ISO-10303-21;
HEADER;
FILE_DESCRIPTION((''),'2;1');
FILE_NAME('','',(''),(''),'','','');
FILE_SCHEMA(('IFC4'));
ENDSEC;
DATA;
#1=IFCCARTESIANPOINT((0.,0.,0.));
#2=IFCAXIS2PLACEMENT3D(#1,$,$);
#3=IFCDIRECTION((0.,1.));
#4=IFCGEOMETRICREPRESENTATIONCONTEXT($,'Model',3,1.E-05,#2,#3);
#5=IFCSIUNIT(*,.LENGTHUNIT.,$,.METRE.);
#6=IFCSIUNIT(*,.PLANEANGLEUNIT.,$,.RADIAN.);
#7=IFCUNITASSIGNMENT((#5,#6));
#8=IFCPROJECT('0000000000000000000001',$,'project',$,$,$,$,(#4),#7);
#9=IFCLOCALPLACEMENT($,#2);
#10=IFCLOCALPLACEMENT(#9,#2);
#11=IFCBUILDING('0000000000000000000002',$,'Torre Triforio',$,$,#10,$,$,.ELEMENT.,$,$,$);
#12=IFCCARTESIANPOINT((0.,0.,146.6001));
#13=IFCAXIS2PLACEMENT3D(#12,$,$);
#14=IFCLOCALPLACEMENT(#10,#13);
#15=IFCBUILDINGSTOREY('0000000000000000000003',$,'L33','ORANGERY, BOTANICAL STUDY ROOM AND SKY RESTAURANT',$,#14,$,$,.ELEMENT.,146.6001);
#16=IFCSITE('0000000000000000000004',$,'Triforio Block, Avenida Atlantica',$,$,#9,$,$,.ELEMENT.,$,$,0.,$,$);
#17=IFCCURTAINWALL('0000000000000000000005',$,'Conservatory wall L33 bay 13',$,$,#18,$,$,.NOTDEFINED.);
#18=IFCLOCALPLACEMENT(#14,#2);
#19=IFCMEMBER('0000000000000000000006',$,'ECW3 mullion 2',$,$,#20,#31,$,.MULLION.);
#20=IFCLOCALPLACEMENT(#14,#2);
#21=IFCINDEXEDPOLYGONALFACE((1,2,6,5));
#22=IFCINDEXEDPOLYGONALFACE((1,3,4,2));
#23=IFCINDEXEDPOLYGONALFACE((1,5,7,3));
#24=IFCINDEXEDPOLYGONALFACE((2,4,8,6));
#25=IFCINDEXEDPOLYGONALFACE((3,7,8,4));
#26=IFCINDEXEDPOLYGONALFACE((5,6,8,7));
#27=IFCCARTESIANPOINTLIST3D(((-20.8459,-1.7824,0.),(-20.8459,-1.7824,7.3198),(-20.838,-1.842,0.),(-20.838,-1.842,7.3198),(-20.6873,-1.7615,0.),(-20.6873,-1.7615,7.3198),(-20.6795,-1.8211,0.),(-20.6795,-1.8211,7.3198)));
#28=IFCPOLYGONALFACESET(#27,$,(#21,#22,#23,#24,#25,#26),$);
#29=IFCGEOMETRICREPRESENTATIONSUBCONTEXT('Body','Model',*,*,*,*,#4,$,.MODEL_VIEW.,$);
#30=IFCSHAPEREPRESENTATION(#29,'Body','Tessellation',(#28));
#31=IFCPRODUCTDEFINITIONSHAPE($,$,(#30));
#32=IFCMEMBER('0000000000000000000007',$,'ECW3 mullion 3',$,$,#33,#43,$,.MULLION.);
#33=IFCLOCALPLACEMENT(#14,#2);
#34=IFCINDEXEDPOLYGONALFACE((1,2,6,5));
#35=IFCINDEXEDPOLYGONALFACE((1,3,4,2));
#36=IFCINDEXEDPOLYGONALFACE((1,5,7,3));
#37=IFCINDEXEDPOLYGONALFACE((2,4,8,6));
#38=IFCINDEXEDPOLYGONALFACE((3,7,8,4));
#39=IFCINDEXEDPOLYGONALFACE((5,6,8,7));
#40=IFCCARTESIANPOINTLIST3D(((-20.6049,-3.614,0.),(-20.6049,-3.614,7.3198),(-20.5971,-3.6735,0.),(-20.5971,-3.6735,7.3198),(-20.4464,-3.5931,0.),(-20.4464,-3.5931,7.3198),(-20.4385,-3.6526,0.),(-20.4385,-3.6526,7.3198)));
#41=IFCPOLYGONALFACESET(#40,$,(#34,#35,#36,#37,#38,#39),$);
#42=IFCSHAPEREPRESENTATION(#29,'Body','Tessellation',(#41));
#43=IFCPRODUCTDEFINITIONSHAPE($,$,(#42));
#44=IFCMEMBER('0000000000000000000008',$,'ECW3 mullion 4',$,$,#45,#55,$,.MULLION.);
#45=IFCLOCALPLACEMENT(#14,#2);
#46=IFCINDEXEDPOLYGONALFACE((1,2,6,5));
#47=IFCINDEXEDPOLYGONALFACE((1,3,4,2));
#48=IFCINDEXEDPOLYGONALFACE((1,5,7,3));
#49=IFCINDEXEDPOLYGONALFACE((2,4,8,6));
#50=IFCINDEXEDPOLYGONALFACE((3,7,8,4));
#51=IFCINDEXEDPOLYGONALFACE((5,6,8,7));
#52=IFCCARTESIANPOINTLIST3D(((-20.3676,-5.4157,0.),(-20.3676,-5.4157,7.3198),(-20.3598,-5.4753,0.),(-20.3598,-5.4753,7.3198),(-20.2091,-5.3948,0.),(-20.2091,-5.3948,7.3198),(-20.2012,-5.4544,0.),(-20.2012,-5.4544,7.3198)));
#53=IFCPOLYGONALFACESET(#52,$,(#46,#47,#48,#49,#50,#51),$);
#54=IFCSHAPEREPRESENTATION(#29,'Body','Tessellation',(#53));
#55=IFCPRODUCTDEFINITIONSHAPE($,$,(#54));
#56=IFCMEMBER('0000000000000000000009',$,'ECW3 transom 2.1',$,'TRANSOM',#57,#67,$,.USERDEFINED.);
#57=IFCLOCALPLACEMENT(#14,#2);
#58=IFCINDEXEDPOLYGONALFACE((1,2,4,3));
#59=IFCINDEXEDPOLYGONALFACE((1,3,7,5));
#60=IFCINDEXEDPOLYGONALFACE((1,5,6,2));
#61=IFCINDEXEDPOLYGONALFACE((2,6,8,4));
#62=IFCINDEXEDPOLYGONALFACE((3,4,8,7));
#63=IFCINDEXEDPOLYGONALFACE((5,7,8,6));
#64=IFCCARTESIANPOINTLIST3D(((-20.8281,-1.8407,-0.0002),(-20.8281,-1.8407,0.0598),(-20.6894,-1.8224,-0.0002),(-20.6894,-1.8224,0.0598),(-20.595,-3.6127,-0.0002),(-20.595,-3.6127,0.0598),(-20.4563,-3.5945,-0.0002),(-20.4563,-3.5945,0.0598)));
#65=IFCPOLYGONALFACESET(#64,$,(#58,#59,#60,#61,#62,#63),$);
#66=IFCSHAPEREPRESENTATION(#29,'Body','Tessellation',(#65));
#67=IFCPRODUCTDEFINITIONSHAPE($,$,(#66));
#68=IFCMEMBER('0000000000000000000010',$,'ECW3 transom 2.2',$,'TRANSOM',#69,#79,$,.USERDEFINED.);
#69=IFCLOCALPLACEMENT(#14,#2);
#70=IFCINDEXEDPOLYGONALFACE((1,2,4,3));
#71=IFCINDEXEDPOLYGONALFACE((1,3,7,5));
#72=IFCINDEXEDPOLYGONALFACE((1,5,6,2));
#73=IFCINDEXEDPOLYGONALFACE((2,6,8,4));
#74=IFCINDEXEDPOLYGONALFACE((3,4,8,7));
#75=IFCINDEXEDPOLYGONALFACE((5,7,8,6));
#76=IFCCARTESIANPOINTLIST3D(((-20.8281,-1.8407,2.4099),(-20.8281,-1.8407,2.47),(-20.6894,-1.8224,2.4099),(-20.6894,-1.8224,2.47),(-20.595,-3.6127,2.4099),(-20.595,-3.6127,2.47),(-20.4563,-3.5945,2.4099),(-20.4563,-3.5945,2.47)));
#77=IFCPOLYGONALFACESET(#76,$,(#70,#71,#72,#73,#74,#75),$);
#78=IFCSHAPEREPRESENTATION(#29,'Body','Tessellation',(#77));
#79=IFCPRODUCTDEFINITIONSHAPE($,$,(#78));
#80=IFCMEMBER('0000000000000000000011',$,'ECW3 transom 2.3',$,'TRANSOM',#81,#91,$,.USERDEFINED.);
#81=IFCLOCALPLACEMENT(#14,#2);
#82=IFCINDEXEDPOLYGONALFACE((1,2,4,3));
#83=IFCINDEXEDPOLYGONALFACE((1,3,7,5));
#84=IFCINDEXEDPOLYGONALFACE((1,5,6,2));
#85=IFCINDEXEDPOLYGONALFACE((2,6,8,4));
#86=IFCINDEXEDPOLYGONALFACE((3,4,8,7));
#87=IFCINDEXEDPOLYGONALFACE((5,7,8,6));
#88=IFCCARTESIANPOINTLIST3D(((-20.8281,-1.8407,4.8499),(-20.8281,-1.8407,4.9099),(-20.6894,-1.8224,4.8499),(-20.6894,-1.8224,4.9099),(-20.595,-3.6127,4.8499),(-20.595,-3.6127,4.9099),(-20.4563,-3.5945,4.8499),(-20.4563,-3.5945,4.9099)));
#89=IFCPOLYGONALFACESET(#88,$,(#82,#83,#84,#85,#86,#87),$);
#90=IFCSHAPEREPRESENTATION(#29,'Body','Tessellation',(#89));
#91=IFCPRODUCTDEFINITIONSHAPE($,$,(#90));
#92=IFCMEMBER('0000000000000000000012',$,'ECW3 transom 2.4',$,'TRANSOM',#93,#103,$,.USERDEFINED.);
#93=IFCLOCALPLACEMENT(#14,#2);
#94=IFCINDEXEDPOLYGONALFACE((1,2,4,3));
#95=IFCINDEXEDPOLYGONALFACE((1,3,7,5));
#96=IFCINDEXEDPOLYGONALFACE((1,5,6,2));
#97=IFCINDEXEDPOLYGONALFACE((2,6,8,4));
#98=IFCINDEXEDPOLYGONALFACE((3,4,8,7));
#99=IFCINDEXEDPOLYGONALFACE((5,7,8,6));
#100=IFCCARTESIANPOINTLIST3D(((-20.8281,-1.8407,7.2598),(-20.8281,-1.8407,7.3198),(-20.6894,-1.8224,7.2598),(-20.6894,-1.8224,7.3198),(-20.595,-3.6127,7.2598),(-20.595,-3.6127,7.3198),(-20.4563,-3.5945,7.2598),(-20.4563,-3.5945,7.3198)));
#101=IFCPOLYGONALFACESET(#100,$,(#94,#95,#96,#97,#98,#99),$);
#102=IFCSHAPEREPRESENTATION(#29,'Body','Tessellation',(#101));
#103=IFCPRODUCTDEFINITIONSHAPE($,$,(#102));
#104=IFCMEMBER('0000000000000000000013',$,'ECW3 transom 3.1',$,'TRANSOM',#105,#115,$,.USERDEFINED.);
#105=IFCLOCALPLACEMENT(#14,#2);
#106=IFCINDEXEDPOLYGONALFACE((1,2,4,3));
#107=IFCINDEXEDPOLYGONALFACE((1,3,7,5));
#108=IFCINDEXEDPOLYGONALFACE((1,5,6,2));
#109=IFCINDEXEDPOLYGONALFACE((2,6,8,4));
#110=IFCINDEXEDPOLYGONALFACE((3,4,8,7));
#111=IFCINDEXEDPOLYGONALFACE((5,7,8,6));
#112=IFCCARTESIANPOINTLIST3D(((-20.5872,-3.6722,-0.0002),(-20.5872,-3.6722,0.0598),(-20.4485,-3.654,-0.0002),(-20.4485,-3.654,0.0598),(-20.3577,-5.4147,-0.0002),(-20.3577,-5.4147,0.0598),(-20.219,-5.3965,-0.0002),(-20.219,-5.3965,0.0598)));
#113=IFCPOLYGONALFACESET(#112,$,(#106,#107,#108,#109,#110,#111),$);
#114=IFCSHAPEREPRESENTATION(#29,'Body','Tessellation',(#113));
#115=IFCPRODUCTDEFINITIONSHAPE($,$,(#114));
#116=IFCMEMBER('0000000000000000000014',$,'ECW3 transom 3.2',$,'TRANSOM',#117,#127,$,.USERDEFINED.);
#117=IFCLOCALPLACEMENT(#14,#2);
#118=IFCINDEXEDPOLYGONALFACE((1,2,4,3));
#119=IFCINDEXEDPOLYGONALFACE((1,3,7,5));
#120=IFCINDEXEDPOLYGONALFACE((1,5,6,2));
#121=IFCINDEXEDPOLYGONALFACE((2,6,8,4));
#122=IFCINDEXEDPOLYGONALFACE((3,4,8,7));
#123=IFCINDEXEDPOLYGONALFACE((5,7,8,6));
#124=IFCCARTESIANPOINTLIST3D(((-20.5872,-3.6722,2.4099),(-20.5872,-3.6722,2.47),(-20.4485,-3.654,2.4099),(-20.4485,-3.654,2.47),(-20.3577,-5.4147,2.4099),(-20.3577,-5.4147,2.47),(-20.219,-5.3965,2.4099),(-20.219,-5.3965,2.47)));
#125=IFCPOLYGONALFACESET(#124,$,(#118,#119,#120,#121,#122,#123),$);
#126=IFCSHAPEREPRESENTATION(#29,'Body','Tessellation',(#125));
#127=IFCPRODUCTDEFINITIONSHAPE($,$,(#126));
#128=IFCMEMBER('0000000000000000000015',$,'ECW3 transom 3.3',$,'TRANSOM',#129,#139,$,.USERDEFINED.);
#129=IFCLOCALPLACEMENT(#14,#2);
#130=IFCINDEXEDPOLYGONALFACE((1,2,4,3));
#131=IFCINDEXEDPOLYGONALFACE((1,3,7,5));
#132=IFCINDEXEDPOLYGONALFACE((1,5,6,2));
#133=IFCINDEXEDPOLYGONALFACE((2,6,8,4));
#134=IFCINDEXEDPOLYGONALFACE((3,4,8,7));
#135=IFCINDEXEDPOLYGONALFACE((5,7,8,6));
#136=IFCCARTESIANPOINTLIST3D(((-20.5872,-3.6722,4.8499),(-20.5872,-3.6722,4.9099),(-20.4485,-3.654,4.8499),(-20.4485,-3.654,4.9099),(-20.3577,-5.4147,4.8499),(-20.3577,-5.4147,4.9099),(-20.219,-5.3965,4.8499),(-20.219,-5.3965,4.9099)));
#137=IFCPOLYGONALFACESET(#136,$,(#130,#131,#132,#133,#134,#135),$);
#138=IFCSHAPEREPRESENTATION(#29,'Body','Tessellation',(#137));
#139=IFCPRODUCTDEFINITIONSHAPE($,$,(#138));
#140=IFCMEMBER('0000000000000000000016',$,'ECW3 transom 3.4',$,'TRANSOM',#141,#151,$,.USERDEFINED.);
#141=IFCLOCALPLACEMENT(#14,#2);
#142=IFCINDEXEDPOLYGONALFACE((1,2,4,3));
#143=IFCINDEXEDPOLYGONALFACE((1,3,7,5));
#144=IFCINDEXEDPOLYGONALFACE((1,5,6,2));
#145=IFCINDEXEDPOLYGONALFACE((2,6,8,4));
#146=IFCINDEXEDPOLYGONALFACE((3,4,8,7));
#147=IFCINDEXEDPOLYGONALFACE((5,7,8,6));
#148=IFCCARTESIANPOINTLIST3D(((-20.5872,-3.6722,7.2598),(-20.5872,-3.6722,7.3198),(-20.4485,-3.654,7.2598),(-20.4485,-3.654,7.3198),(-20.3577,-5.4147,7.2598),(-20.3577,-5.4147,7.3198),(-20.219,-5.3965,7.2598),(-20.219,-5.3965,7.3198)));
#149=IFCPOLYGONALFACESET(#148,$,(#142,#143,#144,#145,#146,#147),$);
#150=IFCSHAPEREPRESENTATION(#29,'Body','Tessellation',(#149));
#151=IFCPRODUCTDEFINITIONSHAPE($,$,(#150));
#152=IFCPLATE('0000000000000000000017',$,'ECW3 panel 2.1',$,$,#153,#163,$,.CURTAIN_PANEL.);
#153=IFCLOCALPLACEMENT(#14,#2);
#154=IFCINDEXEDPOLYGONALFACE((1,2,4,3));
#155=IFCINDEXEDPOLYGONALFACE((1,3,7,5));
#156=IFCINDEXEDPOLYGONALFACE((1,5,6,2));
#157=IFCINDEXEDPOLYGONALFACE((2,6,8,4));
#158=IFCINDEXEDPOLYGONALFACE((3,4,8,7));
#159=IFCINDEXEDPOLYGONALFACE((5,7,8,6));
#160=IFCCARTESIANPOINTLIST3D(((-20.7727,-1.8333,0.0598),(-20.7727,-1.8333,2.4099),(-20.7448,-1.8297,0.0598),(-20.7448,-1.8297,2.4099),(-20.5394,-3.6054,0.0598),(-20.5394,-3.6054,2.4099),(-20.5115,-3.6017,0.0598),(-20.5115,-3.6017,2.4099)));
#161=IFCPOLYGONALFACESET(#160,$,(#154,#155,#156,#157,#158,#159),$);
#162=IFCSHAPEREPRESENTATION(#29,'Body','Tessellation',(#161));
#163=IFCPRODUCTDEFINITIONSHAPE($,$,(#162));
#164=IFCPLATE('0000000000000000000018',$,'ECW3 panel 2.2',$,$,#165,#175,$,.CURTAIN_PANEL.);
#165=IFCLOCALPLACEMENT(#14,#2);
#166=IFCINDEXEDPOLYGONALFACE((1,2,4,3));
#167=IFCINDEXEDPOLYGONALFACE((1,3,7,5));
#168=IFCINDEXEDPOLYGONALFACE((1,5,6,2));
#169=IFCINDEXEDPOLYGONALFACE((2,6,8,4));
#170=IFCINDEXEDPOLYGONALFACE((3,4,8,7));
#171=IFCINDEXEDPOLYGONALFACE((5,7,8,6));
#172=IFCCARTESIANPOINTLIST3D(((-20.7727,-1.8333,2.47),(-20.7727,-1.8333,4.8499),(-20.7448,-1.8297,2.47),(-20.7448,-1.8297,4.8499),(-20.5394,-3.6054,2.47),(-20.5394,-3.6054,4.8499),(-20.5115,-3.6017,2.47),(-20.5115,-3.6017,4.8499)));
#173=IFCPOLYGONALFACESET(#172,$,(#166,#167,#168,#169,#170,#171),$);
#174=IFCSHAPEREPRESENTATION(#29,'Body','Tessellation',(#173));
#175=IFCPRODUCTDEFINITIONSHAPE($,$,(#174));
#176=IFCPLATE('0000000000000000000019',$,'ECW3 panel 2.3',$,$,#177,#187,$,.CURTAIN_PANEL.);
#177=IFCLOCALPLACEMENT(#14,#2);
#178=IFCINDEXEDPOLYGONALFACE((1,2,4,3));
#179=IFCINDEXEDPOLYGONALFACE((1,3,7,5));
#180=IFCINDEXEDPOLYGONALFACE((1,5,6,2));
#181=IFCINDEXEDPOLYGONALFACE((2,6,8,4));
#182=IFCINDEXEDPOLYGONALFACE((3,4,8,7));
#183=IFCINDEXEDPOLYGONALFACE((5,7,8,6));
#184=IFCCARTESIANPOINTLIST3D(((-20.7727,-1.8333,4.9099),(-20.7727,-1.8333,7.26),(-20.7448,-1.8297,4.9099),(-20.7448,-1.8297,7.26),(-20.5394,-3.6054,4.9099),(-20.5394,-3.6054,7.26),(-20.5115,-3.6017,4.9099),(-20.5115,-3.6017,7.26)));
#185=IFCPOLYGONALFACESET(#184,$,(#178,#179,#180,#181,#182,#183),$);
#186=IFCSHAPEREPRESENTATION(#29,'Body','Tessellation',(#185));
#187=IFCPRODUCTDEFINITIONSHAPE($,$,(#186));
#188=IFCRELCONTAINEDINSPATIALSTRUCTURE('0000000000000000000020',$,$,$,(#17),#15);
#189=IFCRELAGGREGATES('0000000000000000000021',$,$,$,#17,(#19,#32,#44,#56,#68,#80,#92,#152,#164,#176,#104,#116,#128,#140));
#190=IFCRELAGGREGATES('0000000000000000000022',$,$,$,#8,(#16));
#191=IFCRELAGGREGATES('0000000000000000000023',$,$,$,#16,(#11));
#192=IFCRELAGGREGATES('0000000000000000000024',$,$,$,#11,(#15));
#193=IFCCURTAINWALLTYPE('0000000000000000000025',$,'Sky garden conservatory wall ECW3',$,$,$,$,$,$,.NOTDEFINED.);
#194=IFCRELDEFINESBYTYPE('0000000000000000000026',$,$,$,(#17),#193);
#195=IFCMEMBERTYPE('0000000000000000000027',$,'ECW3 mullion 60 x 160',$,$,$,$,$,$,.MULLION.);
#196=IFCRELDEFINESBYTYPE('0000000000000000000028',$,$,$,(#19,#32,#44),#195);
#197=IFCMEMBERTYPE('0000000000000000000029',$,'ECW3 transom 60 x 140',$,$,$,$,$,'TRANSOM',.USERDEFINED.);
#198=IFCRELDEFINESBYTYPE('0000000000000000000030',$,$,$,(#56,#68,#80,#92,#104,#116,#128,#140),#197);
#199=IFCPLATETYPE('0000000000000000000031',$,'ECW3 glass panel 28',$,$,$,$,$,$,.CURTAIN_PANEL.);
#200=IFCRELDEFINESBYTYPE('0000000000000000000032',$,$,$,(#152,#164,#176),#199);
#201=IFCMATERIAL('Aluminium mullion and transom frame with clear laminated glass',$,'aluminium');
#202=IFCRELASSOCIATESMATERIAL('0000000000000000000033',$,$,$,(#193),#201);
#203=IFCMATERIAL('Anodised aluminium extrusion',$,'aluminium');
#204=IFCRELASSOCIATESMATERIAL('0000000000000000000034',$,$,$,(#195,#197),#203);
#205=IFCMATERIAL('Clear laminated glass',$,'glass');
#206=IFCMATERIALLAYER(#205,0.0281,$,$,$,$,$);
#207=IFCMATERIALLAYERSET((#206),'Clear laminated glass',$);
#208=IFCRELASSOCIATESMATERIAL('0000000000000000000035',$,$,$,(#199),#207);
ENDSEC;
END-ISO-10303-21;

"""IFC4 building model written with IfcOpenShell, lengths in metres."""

from ifc_helpers import new_model, si_unit, direction, frame, origin, origin_2d, place, context, subcontext, project, spatial, rectangle, extrude, material, layer, layer_set, material_profile, profile_set, type_object, element, aggregate, save


model = new_model("IFC4")

# Units and contexts
model_context = context("Model", 3, precision=1e-05, world=origin(), true_north=direction((0.0, 1.0)))
body_context = subcontext(model_context, "Body", "Model", "MODEL_VIEW")
ifc_project = project(units=[si_unit("LENGTHUNIT", "METRE"), si_unit("PLANEANGLEUNIT", "RADIAN")], contexts=[model_context])

# Site, building, storey
site_placement = place(None, origin())
site = spatial("IfcSite", under=ifc_project, at=site_placement, Name="Triforio Block, Avenida Atlantica", CompositionType="ELEMENT", RefElevation=0.0)
building_placement = place(site_placement, origin())
building = spatial("IfcBuilding", under=site, at=building_placement, Name="Torre Triforio", CompositionType="ELEMENT")
storey_placement = place(building_placement, frame((0.0, 0.0, 146.6001)))
storey = spatial("IfcBuildingStorey", under=building, at=storey_placement, Name="L33", Description="ORANGERY, BOTANICAL STUDY ROOM AND SKY RESTAURANT", CompositionType="ELEMENT", Elevation=146.6001)

# Curtain wall, members, plates
ifc_material_1 = material(Name="Aluminium mullion and transom frame with clear laminated glass", Category="aluminium")
curtain_wall_type = type_object("IfcCurtainWallType", Name="Sky garden conservatory wall ECW3", PredefinedType="NOTDEFINED", material=ifc_material_1)
curtain_wall_placement = place(storey_placement, origin())
curtain_wall = element("IfcCurtainWall", 1, at=curtain_wall_placement, inside=storey, type_object=curtain_wall_type, Name="Conservatory wall L33 bay 13", PredefinedType="NOTDEFINED")
ifc_material_2 = material(Name="Anodised aluminium extrusion", Category="aluminium")
ifc_material_profile_1 = material_profile(ifc_material_2, rectangle(XDim=0.1599, YDim=0.0601, at=origin_2d()), Name="ECW3 MULLION 60x160")
ifc_profile_set_1 = profile_set([ifc_material_profile_1], Name="Anodised aluminium extrusion")
member_type_1 = type_object("IfcMemberType", Name="ECW3 mullion 60 x 160", PredefinedType="MULLION", material=ifc_profile_set_1)
member_1_placement = place(storey_placement, frame((-20.7627, -1.8018, 0.0), z_axis=(0.0, 0.0, 1.0), x_axis=(0.991444, 0.13053, 0.0)))
member_1 = element("IfcMember", 2, at=member_1_placement, type_object=member_type_1, Name="ECW3 mullion 2", PredefinedType="MULLION", context=body_context, shape_type="SweptSolid", body=[
    extrude(rectangle(XDim=0.1599, YDim=0.0601, at=origin_2d()), origin(), (0.0, 0.0, 1.0), 7.3198),
])
member_2_placement = place(storey_placement, frame((-20.5217, -3.6333, 0.0), z_axis=(0.0, 0.0, 1.0), x_axis=(0.991444, 0.13053, 0.0)))
member_2 = element("IfcMember", 3, at=member_2_placement, type_object=member_type_1, Name="ECW3 mullion 3", PredefinedType="MULLION", context=body_context, shape_type="SweptSolid", body=[
    extrude(rectangle(XDim=0.1599, YDim=0.0601, at=origin_2d()), origin(), (0.0, 0.0, 1.0), 7.3198),
])
member_3_placement = place(storey_placement, frame((-20.2844, -5.4351, 0.0), z_axis=(0.0, 0.0, 1.0), x_axis=(0.991444, 0.13053, 0.0)))
member_3 = element("IfcMember", 4, at=member_3_placement, type_object=member_type_1, Name="ECW3 mullion 4", PredefinedType="MULLION", context=body_context, shape_type="SweptSolid", body=[
    extrude(rectangle(XDim=0.1599, YDim=0.0601, at=origin_2d()), origin(), (0.0, 0.0, 1.0), 7.3198),
])
ifc_material_profile_2 = material_profile(ifc_material_2, rectangle(XDim=0.1399, YDim=0.0601, at=origin_2d()), Name="ECW3 TRANSOM 60x140")
ifc_profile_set_2 = profile_set([ifc_material_profile_2], Name="Anodised aluminium extrusion")
member_type_2 = type_object("IfcMemberType", Name="ECW3 transom 60 x 140", ElementType="TRANSOM", PredefinedType="USERDEFINED", material=ifc_profile_set_2)
member_4_placement = place(storey_placement, frame((-20.7588, -1.8315, 0.0298), z_axis=(0.130455, -0.991454, 0.0), x_axis=(0.991454, 0.130455, 0.0)))
member_4 = element("IfcMember", 5, at=member_4_placement, type_object=member_type_2, Name="ECW3 transom 2.1", ObjectType="TRANSOM", PredefinedType="USERDEFINED", context=body_context, shape_type="SweptSolid", body=[
    extrude(rectangle(XDim=0.1399, YDim=0.0601, at=origin_2d()), origin(), (0.0, 0.0, 1.0), 1.7874),
])
member_5_placement = place(storey_placement, frame((-20.7588, -1.8315, 2.4399), z_axis=(0.130455, -0.991454, 0.0), x_axis=(0.991454, 0.130455, 0.0)))
member_5 = element("IfcMember", 6, at=member_5_placement, type_object=member_type_2, Name="ECW3 transom 2.2", ObjectType="TRANSOM", PredefinedType="USERDEFINED", context=body_context, shape_type="SweptSolid", body=[
    extrude(rectangle(XDim=0.1399, YDim=0.0601, at=origin_2d()), origin(), (0.0, 0.0, 1.0), 1.7874),
])
member_6_placement = place(storey_placement, frame((-20.7588, -1.8315, 4.8799), z_axis=(0.130455, -0.991454, 0.0), x_axis=(0.991454, 0.130455, 0.0)))
member_6 = element("IfcMember", 7, at=member_6_placement, type_object=member_type_2, Name="ECW3 transom 2.3", ObjectType="TRANSOM", PredefinedType="USERDEFINED", context=body_context, shape_type="SweptSolid", body=[
    extrude(rectangle(XDim=0.1399, YDim=0.0601, at=origin_2d()), origin(), (0.0, 0.0, 1.0), 1.7874),
])
member_7_placement = place(storey_placement, frame((-20.7588, -1.8315, 7.2898), z_axis=(0.130455, -0.991454, 0.0), x_axis=(0.991454, 0.130455, 0.0)))
member_7 = element("IfcMember", 8, at=member_7_placement, type_object=member_type_2, Name="ECW3 transom 2.4", ObjectType="TRANSOM", PredefinedType="USERDEFINED", context=body_context, shape_type="SweptSolid", body=[
    extrude(rectangle(XDim=0.1399, YDim=0.0601, at=origin_2d()), origin(), (0.0, 0.0, 1.0), 1.7874),
])
member_8_placement = place(storey_placement, frame((-20.5178, -3.6631, 0.0298), z_axis=(0.13058, -0.991438, 0.0), x_axis=(0.991438, 0.13058, 0.0)))
member_8 = element("IfcMember", 9, at=member_8_placement, type_object=member_type_2, Name="ECW3 transom 3.1", ObjectType="TRANSOM", PredefinedType="USERDEFINED", context=body_context, shape_type="SweptSolid", body=[
    extrude(rectangle(XDim=0.1399, YDim=0.0601, at=origin_2d()), origin(), (0.0, 0.0, 1.0), 1.7576),
])
member_9_placement = place(storey_placement, frame((-20.5178, -3.6631, 2.4399), z_axis=(0.13058, -0.991438, 0.0), x_axis=(0.991438, 0.13058, 0.0)))
member_9 = element("IfcMember", 10, at=member_9_placement, type_object=member_type_2, Name="ECW3 transom 3.2", ObjectType="TRANSOM", PredefinedType="USERDEFINED", context=body_context, shape_type="SweptSolid", body=[
    extrude(rectangle(XDim=0.1399, YDim=0.0601, at=origin_2d()), origin(), (0.0, 0.0, 1.0), 1.7576),
])
member_10_placement = place(storey_placement, frame((-20.5178, -3.6631, 4.8799), z_axis=(0.13058, -0.991438, 0.0), x_axis=(0.991438, 0.13058, 0.0)))
member_10 = element("IfcMember", 11, at=member_10_placement, type_object=member_type_2, Name="ECW3 transom 3.3", ObjectType="TRANSOM", PredefinedType="USERDEFINED", context=body_context, shape_type="SweptSolid", body=[
    extrude(rectangle(XDim=0.1399, YDim=0.0601, at=origin_2d()), origin(), (0.0, 0.0, 1.0), 1.7576),
])
member_11_placement = place(storey_placement, frame((-20.5178, -3.6631, 7.2898), z_axis=(0.13058, -0.991438, 0.0), x_axis=(0.991438, 0.13058, 0.0)))
member_11 = element("IfcMember", 12, at=member_11_placement, type_object=member_type_2, Name="ECW3 transom 3.4", ObjectType="TRANSOM", PredefinedType="USERDEFINED", context=body_context, shape_type="SweptSolid", body=[
    extrude(rectangle(XDim=0.1399, YDim=0.0601, at=origin_2d()), origin(), (0.0, 0.0, 1.0), 1.7576),
])
ifc_material_3 = material(Name="Clear laminated glass", Category="glass")
ifc_layer_1 = layer(ifc_material_3, 0.0281)
ifc_layer_set_1 = layer_set([ifc_layer_1], Name="Clear laminated glass")
plate_type = type_object("IfcPlateType", Name="ECW3 glass panel 28", PredefinedType="CURTAIN_PANEL", material=ifc_layer_set_1)
plate_1_placement = place(storey_placement, frame((-20.6421, -2.7175, 0.0598), z_axis=(0.0, 0.0, 1.0), x_axis=(0.13053, -0.991444, 0.0)))
plate_1 = element("IfcPlate", 13, at=plate_1_placement, type_object=plate_type, Name="ECW3 panel 2.1", PredefinedType="CURTAIN_PANEL", context=body_context, shape_type="SweptSolid", body=[
    extrude(rectangle(XDim=1.7874, YDim=0.0281, at=origin_2d()), origin(), (0.0, 0.0, 1.0), 2.3501),
])
plate_2_placement = place(storey_placement, frame((-20.6421, -2.7175, 2.47), z_axis=(0.0, 0.0, 1.0), x_axis=(0.13053, -0.991444, 0.0)))
plate_2 = element("IfcPlate", 14, at=plate_2_placement, type_object=plate_type, Name="ECW3 panel 2.2", PredefinedType="CURTAIN_PANEL", context=body_context, shape_type="SweptSolid", body=[
    extrude(rectangle(XDim=1.7874, YDim=0.0281, at=origin_2d()), origin(), (0.0, 0.0, 1.0), 2.3799),
])
plate_3_placement = place(storey_placement, frame((-20.6421, -2.7175, 4.9099), z_axis=(0.0, 0.0, 1.0), x_axis=(0.13053, -0.991444, 0.0)))
plate_3 = element("IfcPlate", 15, at=plate_3_placement, type_object=plate_type, Name="ECW3 panel 2.3", PredefinedType="CURTAIN_PANEL", context=body_context, shape_type="SweptSolid", body=[
    extrude(rectangle(XDim=1.7874, YDim=0.0281, at=origin_2d()), origin(), (0.0, 0.0, 1.0), 2.3501),
])
aggregate(curtain_wall, [member_1, member_2, member_3, member_4, member_5, member_6, member_7, plate_1, plate_2, plate_3, member_8, member_9, member_10, member_11])

save(model, "model.ifc")
